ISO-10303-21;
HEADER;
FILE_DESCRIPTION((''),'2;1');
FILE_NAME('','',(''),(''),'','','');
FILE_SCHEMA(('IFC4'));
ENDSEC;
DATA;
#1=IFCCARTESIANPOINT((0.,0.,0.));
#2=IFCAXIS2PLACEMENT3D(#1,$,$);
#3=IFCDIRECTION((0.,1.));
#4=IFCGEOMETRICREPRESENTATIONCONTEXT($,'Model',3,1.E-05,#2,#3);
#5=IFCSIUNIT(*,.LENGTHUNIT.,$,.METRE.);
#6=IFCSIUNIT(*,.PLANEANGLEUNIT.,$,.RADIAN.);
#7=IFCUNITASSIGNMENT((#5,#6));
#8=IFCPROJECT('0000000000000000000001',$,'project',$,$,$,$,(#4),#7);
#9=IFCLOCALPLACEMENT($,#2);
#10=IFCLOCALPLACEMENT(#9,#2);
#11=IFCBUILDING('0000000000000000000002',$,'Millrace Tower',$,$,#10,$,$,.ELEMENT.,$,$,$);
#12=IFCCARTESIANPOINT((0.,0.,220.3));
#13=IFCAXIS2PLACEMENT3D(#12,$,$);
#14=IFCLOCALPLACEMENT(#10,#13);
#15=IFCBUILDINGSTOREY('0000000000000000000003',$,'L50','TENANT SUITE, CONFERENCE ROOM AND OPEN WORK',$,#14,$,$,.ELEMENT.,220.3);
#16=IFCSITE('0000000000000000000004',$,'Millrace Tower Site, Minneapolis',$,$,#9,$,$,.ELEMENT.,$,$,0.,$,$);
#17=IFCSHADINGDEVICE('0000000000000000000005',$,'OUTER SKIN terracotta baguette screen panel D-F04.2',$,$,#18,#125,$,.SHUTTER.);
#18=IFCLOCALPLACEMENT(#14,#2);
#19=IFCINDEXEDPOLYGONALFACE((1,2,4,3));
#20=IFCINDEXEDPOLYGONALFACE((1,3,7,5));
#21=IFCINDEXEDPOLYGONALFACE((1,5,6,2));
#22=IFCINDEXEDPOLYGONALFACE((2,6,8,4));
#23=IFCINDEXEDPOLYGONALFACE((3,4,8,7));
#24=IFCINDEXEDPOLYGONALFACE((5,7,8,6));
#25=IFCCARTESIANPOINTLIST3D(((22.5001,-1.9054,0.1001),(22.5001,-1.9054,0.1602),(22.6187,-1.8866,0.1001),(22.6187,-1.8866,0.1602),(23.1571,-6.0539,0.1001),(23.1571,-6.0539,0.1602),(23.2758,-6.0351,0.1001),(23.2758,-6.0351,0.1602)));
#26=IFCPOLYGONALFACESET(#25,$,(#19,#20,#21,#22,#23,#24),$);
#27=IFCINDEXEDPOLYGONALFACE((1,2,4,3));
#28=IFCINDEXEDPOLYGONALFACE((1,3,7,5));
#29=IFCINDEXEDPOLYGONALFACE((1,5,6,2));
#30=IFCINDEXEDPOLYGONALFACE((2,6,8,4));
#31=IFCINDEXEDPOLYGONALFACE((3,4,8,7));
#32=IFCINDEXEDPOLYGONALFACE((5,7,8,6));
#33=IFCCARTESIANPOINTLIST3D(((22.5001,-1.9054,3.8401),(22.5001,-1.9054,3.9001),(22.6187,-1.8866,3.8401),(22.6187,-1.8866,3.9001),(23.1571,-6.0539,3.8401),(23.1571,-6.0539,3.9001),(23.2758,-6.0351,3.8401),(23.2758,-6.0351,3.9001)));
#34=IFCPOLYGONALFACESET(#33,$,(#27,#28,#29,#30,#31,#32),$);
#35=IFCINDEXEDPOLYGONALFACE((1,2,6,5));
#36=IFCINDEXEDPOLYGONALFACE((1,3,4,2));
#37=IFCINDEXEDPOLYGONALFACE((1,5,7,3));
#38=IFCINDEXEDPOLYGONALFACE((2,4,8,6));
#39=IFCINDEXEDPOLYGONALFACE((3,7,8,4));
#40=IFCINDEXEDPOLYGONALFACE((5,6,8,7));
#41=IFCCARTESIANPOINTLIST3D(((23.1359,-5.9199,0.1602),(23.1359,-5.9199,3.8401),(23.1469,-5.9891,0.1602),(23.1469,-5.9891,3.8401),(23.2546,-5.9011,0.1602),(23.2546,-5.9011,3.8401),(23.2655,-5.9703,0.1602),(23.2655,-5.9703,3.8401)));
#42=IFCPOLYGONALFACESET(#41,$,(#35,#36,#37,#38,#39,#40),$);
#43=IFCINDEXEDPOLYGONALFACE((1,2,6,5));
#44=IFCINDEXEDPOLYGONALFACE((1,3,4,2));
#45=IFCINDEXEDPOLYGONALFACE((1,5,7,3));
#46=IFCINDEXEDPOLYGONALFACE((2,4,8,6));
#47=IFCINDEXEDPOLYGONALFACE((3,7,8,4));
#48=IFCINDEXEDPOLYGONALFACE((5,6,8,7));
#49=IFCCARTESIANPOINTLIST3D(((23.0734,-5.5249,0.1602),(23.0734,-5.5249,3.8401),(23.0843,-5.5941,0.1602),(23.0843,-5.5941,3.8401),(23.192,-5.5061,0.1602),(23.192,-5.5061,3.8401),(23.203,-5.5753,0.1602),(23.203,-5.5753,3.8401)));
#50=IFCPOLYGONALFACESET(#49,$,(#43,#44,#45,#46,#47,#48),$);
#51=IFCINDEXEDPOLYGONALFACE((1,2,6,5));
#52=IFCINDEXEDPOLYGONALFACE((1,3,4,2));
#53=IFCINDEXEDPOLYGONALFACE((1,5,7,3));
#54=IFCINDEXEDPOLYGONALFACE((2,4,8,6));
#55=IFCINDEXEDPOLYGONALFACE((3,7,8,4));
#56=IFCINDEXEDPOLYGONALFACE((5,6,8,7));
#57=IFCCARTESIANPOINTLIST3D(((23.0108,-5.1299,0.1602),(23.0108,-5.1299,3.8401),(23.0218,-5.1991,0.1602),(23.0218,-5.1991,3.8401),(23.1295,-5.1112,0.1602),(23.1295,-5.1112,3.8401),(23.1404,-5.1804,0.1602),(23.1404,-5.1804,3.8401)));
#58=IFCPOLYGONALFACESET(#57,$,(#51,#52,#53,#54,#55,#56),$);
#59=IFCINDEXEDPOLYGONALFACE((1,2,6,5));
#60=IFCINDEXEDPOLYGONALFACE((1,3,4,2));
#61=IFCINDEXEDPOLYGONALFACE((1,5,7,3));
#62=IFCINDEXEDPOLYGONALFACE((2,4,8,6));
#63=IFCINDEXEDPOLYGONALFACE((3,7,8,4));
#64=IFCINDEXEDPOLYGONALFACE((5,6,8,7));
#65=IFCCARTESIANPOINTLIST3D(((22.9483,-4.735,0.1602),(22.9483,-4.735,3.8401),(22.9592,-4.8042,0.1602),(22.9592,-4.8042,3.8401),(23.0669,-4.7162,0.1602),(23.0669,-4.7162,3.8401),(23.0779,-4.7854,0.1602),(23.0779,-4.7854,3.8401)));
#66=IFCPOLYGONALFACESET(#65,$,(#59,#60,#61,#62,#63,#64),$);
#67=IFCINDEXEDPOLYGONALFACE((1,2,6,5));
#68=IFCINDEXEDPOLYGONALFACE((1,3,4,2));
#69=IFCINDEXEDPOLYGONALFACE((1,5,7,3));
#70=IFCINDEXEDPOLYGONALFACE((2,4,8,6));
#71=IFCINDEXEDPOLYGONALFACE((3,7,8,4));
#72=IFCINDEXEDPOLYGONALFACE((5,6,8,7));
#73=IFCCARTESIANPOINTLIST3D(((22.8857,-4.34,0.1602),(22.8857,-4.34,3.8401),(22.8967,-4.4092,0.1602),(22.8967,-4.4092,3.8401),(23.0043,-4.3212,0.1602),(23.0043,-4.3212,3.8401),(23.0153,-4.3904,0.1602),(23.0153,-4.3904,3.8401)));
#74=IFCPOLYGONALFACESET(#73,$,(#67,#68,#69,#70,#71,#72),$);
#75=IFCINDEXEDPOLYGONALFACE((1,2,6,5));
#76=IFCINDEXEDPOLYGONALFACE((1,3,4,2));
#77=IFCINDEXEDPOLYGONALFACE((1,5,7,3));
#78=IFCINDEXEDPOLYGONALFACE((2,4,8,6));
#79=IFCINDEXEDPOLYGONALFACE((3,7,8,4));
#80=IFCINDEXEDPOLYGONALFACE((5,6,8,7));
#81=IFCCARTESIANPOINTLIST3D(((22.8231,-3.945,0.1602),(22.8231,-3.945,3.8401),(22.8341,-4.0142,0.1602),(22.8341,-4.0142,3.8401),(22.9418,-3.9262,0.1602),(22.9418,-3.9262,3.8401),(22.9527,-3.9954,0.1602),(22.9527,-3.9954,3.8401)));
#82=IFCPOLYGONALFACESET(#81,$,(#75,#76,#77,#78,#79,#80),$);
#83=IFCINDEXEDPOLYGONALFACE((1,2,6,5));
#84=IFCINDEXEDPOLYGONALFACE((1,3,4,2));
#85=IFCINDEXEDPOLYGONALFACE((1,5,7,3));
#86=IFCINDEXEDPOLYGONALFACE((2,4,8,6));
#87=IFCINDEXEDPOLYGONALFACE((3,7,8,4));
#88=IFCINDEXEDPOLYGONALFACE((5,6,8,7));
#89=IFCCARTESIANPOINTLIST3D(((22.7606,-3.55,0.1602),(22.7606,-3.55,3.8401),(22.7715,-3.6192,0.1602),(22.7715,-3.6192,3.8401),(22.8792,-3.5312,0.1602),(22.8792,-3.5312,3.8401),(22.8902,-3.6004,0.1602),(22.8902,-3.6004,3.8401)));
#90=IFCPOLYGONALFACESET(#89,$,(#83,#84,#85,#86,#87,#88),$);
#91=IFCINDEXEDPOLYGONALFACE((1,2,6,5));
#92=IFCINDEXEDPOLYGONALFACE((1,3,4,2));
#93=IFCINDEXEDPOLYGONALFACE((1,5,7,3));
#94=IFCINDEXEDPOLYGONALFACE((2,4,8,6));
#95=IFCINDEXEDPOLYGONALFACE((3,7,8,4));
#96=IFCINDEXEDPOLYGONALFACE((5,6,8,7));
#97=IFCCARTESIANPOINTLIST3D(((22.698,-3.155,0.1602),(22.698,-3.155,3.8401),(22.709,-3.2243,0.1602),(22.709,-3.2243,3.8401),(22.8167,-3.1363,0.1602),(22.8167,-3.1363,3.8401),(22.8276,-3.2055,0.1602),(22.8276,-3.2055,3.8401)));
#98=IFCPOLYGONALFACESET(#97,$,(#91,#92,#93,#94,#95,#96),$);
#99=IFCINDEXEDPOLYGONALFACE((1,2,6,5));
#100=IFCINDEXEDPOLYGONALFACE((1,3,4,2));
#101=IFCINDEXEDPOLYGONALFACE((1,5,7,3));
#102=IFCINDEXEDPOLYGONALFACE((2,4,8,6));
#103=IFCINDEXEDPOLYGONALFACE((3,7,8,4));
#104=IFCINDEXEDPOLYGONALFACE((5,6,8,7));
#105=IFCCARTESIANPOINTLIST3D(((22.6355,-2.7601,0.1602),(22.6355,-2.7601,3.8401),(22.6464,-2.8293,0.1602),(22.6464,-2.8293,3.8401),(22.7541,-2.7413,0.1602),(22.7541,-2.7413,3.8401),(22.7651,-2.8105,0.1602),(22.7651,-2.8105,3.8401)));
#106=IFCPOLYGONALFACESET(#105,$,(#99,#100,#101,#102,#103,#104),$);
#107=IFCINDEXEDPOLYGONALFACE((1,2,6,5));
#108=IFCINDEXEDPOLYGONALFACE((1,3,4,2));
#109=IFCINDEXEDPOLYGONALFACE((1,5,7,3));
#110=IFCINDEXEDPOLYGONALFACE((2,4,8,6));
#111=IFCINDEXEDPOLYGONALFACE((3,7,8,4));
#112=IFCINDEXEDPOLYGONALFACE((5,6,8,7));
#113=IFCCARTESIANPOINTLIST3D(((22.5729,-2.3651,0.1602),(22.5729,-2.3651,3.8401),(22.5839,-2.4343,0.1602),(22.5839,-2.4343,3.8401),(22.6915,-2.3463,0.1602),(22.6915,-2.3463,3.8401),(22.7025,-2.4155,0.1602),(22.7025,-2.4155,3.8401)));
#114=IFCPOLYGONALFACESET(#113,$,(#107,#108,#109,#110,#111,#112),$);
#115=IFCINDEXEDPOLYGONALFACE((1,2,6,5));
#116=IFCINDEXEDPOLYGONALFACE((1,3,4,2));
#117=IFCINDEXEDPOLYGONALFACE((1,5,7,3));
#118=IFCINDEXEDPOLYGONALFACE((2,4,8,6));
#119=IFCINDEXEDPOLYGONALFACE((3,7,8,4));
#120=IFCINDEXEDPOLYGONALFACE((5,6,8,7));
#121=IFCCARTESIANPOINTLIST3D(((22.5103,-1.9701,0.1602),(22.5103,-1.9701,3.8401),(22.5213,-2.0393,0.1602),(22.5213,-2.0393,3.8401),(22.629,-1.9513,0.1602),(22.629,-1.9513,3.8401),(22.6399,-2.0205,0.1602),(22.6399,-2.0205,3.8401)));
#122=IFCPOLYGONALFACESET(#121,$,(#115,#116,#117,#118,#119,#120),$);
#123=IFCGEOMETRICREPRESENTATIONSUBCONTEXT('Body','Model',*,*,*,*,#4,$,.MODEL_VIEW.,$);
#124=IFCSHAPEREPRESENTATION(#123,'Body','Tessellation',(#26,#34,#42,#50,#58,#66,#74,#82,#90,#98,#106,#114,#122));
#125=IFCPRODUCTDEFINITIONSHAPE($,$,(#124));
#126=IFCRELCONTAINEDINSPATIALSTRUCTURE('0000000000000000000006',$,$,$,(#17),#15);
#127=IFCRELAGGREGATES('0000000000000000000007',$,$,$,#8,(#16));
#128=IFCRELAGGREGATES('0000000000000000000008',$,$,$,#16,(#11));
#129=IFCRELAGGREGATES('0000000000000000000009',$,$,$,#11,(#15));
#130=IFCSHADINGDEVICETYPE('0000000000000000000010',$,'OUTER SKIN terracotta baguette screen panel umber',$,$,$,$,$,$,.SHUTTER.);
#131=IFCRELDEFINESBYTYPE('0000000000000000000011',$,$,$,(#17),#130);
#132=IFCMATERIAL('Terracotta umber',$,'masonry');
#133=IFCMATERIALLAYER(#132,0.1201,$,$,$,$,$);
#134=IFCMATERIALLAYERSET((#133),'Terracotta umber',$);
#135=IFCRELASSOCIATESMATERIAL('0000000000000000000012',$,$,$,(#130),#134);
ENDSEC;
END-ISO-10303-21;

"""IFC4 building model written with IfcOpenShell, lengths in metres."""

from ifc_helpers import new_model, entity, si_unit, direction, frame, frame_2d, origin, origin_2d, place, context, subcontext, project, spatial, rectangle, extrude, source, transform, mapped, material, layer, layer_set, type_object, element, save


model = new_model("IFC4")

# Units and contexts
model_context = context("Model", 3, precision=1e-05, world=origin(), true_north=direction((0.0, 1.0)))
body_context = subcontext(model_context, "Body", "Model", "MODEL_VIEW")
ifc_project = project(units=[si_unit("LENGTHUNIT", "METRE"), si_unit("PLANEANGLEUNIT", "RADIAN")], contexts=[model_context])

# Site, building, storey
site_placement = place(None, origin())
site = spatial("IfcSite", under=ifc_project, at=site_placement, Name="Millrace Tower Site, Minneapolis", CompositionType="ELEMENT", RefElevation=0.0)
building_placement = place(site_placement, origin())
building = spatial("IfcBuilding", under=site, at=building_placement, Name="Millrace Tower", CompositionType="ELEMENT")
storey_placement = place(building_placement, frame((0.0, 0.0, 220.3)))
storey = spatial("IfcBuildingStorey", under=building, at=storey_placement, Name="L50", Description="TENANT SUITE, CONFERENCE ROOM AND OPEN WORK", CompositionType="ELEMENT", Elevation=220.3)

# Shading device
ifc_material_1 = material(Name="Terracotta umber", Category="masonry")
ifc_layer_1 = layer(ifc_material_1, 0.1201)
ifc_layer_set_1 = layer_set([ifc_layer_1], Name="Terracotta umber")
shading_device_type = type_object("IfcShadingDeviceType", Name="OUTER SKIN terracotta baguette screen panel umber", PredefinedType="SHUTTER", material=ifc_layer_set_1)
cartesian_point_1 = entity("IfcCartesianPoint", [-2.1001, 0.0601])
shared_polyline_1 = entity("IfcPolyline", [cartesian_point_1, entity("IfcCartesianPoint", [2.1001, 0.0601]), entity("IfcCartesianPoint", [2.1001, -0.0601]), entity("IfcCartesianPoint", [-2.1001, -0.0601]), cartesian_point_1])
shared_shape_1 = source(origin(), body_context, "Body", "SweptSolid", [
    entity("IfcExtrudedAreaSolid", entity("IfcArbitraryClosedProfileDef", "AREA", None, shared_polyline_1), entity("IfcAxis2Placement3D", entity("IfcCartesianPoint", [0.0, 0.0, 0.0])), entity("IfcDirection", [0.0, 0.0, 1.0]), 0.0601),
    entity("IfcExtrudedAreaSolid", entity("IfcArbitraryClosedProfileDef", "AREA", None, shared_polyline_1), entity("IfcAxis2Placement3D", entity("IfcCartesianPoint", [0.0, 0.0, 3.74])), entity("IfcDirection", [0.0, 0.0, 1.0]), 0.0601),
    extrude(rectangle(XDim=0.0701, YDim=0.1201, at=frame_2d((-1.9995, 0.0))), frame((0.0, 0.0, 0.0601)), (0.0, 0.0, 1.0), 3.6799),
    extrude(rectangle(XDim=0.0701, YDim=0.1201, at=frame_2d((-1.5996, 0.0))), frame((0.0, 0.0, 0.0601)), (0.0, 0.0, 1.0), 3.6799),
    extrude(rectangle(XDim=0.0701, YDim=0.1201, at=frame_2d((-1.1997, 0.0))), frame((0.0, 0.0, 0.0601)), (0.0, 0.0, 1.0), 3.6799),
    extrude(rectangle(XDim=0.0701, YDim=0.1201, at=frame_2d((-0.7998, 0.0))), frame((0.0, 0.0, 0.0601)), (0.0, 0.0, 1.0), 3.6799),
    extrude(rectangle(XDim=0.0701, YDim=0.1201, at=frame_2d((-0.3999, 0.0))), frame((0.0, 0.0, 0.0601)), (0.0, 0.0, 1.0), 3.6799),
    extrude(rectangle(XDim=0.0701, YDim=0.1201, at=origin_2d()), frame((0.0, 0.0, 0.0601)), (0.0, 0.0, 1.0), 3.6799),
    extrude(rectangle(XDim=0.0701, YDim=0.1201, at=frame_2d((0.3999, 0.0))), frame((0.0, 0.0, 0.0601)), (0.0, 0.0, 1.0), 3.6799),
    extrude(rectangle(XDim=0.0701, YDim=0.1201, at=frame_2d((0.7998, 0.0))), frame((0.0, 0.0, 0.0601)), (0.0, 0.0, 1.0), 3.6799),
    extrude(rectangle(XDim=0.0701, YDim=0.1201, at=frame_2d((1.1997, 0.0))), frame((0.0, 0.0, 0.0601)), (0.0, 0.0, 1.0), 3.6799),
    extrude(rectangle(XDim=0.0701, YDim=0.1201, at=frame_2d((1.5996, 0.0))), frame((0.0, 0.0, 0.0601)), (0.0, 0.0, 1.0), 3.6799),
    extrude(rectangle(XDim=0.0701, YDim=0.1201, at=frame_2d((1.9995, 0.0))), frame((0.0, 0.0, 0.0601)), (0.0, 0.0, 1.0), 3.6799),
])
shading_device_1_placement = place(storey_placement, frame((22.8879, -3.9702, 0.1001), z_axis=(0.0, 0.0, 1.0), x_axis=(-0.156434, 0.987688, 0.0)))
element("IfcShadingDevice", 1, at=shading_device_1_placement, inside=storey, type_object=shading_device_type, Name="OUTER SKIN terracotta baguette screen panel D-F04.2", PredefinedType="SHUTTER", context=body_context, shape_type="MappedRepresentation", body=[
    mapped(shared_shape_1, transform((0.0, 0.0, 0.0), scale=1.0)),
])

save(model, "model.ifc")
